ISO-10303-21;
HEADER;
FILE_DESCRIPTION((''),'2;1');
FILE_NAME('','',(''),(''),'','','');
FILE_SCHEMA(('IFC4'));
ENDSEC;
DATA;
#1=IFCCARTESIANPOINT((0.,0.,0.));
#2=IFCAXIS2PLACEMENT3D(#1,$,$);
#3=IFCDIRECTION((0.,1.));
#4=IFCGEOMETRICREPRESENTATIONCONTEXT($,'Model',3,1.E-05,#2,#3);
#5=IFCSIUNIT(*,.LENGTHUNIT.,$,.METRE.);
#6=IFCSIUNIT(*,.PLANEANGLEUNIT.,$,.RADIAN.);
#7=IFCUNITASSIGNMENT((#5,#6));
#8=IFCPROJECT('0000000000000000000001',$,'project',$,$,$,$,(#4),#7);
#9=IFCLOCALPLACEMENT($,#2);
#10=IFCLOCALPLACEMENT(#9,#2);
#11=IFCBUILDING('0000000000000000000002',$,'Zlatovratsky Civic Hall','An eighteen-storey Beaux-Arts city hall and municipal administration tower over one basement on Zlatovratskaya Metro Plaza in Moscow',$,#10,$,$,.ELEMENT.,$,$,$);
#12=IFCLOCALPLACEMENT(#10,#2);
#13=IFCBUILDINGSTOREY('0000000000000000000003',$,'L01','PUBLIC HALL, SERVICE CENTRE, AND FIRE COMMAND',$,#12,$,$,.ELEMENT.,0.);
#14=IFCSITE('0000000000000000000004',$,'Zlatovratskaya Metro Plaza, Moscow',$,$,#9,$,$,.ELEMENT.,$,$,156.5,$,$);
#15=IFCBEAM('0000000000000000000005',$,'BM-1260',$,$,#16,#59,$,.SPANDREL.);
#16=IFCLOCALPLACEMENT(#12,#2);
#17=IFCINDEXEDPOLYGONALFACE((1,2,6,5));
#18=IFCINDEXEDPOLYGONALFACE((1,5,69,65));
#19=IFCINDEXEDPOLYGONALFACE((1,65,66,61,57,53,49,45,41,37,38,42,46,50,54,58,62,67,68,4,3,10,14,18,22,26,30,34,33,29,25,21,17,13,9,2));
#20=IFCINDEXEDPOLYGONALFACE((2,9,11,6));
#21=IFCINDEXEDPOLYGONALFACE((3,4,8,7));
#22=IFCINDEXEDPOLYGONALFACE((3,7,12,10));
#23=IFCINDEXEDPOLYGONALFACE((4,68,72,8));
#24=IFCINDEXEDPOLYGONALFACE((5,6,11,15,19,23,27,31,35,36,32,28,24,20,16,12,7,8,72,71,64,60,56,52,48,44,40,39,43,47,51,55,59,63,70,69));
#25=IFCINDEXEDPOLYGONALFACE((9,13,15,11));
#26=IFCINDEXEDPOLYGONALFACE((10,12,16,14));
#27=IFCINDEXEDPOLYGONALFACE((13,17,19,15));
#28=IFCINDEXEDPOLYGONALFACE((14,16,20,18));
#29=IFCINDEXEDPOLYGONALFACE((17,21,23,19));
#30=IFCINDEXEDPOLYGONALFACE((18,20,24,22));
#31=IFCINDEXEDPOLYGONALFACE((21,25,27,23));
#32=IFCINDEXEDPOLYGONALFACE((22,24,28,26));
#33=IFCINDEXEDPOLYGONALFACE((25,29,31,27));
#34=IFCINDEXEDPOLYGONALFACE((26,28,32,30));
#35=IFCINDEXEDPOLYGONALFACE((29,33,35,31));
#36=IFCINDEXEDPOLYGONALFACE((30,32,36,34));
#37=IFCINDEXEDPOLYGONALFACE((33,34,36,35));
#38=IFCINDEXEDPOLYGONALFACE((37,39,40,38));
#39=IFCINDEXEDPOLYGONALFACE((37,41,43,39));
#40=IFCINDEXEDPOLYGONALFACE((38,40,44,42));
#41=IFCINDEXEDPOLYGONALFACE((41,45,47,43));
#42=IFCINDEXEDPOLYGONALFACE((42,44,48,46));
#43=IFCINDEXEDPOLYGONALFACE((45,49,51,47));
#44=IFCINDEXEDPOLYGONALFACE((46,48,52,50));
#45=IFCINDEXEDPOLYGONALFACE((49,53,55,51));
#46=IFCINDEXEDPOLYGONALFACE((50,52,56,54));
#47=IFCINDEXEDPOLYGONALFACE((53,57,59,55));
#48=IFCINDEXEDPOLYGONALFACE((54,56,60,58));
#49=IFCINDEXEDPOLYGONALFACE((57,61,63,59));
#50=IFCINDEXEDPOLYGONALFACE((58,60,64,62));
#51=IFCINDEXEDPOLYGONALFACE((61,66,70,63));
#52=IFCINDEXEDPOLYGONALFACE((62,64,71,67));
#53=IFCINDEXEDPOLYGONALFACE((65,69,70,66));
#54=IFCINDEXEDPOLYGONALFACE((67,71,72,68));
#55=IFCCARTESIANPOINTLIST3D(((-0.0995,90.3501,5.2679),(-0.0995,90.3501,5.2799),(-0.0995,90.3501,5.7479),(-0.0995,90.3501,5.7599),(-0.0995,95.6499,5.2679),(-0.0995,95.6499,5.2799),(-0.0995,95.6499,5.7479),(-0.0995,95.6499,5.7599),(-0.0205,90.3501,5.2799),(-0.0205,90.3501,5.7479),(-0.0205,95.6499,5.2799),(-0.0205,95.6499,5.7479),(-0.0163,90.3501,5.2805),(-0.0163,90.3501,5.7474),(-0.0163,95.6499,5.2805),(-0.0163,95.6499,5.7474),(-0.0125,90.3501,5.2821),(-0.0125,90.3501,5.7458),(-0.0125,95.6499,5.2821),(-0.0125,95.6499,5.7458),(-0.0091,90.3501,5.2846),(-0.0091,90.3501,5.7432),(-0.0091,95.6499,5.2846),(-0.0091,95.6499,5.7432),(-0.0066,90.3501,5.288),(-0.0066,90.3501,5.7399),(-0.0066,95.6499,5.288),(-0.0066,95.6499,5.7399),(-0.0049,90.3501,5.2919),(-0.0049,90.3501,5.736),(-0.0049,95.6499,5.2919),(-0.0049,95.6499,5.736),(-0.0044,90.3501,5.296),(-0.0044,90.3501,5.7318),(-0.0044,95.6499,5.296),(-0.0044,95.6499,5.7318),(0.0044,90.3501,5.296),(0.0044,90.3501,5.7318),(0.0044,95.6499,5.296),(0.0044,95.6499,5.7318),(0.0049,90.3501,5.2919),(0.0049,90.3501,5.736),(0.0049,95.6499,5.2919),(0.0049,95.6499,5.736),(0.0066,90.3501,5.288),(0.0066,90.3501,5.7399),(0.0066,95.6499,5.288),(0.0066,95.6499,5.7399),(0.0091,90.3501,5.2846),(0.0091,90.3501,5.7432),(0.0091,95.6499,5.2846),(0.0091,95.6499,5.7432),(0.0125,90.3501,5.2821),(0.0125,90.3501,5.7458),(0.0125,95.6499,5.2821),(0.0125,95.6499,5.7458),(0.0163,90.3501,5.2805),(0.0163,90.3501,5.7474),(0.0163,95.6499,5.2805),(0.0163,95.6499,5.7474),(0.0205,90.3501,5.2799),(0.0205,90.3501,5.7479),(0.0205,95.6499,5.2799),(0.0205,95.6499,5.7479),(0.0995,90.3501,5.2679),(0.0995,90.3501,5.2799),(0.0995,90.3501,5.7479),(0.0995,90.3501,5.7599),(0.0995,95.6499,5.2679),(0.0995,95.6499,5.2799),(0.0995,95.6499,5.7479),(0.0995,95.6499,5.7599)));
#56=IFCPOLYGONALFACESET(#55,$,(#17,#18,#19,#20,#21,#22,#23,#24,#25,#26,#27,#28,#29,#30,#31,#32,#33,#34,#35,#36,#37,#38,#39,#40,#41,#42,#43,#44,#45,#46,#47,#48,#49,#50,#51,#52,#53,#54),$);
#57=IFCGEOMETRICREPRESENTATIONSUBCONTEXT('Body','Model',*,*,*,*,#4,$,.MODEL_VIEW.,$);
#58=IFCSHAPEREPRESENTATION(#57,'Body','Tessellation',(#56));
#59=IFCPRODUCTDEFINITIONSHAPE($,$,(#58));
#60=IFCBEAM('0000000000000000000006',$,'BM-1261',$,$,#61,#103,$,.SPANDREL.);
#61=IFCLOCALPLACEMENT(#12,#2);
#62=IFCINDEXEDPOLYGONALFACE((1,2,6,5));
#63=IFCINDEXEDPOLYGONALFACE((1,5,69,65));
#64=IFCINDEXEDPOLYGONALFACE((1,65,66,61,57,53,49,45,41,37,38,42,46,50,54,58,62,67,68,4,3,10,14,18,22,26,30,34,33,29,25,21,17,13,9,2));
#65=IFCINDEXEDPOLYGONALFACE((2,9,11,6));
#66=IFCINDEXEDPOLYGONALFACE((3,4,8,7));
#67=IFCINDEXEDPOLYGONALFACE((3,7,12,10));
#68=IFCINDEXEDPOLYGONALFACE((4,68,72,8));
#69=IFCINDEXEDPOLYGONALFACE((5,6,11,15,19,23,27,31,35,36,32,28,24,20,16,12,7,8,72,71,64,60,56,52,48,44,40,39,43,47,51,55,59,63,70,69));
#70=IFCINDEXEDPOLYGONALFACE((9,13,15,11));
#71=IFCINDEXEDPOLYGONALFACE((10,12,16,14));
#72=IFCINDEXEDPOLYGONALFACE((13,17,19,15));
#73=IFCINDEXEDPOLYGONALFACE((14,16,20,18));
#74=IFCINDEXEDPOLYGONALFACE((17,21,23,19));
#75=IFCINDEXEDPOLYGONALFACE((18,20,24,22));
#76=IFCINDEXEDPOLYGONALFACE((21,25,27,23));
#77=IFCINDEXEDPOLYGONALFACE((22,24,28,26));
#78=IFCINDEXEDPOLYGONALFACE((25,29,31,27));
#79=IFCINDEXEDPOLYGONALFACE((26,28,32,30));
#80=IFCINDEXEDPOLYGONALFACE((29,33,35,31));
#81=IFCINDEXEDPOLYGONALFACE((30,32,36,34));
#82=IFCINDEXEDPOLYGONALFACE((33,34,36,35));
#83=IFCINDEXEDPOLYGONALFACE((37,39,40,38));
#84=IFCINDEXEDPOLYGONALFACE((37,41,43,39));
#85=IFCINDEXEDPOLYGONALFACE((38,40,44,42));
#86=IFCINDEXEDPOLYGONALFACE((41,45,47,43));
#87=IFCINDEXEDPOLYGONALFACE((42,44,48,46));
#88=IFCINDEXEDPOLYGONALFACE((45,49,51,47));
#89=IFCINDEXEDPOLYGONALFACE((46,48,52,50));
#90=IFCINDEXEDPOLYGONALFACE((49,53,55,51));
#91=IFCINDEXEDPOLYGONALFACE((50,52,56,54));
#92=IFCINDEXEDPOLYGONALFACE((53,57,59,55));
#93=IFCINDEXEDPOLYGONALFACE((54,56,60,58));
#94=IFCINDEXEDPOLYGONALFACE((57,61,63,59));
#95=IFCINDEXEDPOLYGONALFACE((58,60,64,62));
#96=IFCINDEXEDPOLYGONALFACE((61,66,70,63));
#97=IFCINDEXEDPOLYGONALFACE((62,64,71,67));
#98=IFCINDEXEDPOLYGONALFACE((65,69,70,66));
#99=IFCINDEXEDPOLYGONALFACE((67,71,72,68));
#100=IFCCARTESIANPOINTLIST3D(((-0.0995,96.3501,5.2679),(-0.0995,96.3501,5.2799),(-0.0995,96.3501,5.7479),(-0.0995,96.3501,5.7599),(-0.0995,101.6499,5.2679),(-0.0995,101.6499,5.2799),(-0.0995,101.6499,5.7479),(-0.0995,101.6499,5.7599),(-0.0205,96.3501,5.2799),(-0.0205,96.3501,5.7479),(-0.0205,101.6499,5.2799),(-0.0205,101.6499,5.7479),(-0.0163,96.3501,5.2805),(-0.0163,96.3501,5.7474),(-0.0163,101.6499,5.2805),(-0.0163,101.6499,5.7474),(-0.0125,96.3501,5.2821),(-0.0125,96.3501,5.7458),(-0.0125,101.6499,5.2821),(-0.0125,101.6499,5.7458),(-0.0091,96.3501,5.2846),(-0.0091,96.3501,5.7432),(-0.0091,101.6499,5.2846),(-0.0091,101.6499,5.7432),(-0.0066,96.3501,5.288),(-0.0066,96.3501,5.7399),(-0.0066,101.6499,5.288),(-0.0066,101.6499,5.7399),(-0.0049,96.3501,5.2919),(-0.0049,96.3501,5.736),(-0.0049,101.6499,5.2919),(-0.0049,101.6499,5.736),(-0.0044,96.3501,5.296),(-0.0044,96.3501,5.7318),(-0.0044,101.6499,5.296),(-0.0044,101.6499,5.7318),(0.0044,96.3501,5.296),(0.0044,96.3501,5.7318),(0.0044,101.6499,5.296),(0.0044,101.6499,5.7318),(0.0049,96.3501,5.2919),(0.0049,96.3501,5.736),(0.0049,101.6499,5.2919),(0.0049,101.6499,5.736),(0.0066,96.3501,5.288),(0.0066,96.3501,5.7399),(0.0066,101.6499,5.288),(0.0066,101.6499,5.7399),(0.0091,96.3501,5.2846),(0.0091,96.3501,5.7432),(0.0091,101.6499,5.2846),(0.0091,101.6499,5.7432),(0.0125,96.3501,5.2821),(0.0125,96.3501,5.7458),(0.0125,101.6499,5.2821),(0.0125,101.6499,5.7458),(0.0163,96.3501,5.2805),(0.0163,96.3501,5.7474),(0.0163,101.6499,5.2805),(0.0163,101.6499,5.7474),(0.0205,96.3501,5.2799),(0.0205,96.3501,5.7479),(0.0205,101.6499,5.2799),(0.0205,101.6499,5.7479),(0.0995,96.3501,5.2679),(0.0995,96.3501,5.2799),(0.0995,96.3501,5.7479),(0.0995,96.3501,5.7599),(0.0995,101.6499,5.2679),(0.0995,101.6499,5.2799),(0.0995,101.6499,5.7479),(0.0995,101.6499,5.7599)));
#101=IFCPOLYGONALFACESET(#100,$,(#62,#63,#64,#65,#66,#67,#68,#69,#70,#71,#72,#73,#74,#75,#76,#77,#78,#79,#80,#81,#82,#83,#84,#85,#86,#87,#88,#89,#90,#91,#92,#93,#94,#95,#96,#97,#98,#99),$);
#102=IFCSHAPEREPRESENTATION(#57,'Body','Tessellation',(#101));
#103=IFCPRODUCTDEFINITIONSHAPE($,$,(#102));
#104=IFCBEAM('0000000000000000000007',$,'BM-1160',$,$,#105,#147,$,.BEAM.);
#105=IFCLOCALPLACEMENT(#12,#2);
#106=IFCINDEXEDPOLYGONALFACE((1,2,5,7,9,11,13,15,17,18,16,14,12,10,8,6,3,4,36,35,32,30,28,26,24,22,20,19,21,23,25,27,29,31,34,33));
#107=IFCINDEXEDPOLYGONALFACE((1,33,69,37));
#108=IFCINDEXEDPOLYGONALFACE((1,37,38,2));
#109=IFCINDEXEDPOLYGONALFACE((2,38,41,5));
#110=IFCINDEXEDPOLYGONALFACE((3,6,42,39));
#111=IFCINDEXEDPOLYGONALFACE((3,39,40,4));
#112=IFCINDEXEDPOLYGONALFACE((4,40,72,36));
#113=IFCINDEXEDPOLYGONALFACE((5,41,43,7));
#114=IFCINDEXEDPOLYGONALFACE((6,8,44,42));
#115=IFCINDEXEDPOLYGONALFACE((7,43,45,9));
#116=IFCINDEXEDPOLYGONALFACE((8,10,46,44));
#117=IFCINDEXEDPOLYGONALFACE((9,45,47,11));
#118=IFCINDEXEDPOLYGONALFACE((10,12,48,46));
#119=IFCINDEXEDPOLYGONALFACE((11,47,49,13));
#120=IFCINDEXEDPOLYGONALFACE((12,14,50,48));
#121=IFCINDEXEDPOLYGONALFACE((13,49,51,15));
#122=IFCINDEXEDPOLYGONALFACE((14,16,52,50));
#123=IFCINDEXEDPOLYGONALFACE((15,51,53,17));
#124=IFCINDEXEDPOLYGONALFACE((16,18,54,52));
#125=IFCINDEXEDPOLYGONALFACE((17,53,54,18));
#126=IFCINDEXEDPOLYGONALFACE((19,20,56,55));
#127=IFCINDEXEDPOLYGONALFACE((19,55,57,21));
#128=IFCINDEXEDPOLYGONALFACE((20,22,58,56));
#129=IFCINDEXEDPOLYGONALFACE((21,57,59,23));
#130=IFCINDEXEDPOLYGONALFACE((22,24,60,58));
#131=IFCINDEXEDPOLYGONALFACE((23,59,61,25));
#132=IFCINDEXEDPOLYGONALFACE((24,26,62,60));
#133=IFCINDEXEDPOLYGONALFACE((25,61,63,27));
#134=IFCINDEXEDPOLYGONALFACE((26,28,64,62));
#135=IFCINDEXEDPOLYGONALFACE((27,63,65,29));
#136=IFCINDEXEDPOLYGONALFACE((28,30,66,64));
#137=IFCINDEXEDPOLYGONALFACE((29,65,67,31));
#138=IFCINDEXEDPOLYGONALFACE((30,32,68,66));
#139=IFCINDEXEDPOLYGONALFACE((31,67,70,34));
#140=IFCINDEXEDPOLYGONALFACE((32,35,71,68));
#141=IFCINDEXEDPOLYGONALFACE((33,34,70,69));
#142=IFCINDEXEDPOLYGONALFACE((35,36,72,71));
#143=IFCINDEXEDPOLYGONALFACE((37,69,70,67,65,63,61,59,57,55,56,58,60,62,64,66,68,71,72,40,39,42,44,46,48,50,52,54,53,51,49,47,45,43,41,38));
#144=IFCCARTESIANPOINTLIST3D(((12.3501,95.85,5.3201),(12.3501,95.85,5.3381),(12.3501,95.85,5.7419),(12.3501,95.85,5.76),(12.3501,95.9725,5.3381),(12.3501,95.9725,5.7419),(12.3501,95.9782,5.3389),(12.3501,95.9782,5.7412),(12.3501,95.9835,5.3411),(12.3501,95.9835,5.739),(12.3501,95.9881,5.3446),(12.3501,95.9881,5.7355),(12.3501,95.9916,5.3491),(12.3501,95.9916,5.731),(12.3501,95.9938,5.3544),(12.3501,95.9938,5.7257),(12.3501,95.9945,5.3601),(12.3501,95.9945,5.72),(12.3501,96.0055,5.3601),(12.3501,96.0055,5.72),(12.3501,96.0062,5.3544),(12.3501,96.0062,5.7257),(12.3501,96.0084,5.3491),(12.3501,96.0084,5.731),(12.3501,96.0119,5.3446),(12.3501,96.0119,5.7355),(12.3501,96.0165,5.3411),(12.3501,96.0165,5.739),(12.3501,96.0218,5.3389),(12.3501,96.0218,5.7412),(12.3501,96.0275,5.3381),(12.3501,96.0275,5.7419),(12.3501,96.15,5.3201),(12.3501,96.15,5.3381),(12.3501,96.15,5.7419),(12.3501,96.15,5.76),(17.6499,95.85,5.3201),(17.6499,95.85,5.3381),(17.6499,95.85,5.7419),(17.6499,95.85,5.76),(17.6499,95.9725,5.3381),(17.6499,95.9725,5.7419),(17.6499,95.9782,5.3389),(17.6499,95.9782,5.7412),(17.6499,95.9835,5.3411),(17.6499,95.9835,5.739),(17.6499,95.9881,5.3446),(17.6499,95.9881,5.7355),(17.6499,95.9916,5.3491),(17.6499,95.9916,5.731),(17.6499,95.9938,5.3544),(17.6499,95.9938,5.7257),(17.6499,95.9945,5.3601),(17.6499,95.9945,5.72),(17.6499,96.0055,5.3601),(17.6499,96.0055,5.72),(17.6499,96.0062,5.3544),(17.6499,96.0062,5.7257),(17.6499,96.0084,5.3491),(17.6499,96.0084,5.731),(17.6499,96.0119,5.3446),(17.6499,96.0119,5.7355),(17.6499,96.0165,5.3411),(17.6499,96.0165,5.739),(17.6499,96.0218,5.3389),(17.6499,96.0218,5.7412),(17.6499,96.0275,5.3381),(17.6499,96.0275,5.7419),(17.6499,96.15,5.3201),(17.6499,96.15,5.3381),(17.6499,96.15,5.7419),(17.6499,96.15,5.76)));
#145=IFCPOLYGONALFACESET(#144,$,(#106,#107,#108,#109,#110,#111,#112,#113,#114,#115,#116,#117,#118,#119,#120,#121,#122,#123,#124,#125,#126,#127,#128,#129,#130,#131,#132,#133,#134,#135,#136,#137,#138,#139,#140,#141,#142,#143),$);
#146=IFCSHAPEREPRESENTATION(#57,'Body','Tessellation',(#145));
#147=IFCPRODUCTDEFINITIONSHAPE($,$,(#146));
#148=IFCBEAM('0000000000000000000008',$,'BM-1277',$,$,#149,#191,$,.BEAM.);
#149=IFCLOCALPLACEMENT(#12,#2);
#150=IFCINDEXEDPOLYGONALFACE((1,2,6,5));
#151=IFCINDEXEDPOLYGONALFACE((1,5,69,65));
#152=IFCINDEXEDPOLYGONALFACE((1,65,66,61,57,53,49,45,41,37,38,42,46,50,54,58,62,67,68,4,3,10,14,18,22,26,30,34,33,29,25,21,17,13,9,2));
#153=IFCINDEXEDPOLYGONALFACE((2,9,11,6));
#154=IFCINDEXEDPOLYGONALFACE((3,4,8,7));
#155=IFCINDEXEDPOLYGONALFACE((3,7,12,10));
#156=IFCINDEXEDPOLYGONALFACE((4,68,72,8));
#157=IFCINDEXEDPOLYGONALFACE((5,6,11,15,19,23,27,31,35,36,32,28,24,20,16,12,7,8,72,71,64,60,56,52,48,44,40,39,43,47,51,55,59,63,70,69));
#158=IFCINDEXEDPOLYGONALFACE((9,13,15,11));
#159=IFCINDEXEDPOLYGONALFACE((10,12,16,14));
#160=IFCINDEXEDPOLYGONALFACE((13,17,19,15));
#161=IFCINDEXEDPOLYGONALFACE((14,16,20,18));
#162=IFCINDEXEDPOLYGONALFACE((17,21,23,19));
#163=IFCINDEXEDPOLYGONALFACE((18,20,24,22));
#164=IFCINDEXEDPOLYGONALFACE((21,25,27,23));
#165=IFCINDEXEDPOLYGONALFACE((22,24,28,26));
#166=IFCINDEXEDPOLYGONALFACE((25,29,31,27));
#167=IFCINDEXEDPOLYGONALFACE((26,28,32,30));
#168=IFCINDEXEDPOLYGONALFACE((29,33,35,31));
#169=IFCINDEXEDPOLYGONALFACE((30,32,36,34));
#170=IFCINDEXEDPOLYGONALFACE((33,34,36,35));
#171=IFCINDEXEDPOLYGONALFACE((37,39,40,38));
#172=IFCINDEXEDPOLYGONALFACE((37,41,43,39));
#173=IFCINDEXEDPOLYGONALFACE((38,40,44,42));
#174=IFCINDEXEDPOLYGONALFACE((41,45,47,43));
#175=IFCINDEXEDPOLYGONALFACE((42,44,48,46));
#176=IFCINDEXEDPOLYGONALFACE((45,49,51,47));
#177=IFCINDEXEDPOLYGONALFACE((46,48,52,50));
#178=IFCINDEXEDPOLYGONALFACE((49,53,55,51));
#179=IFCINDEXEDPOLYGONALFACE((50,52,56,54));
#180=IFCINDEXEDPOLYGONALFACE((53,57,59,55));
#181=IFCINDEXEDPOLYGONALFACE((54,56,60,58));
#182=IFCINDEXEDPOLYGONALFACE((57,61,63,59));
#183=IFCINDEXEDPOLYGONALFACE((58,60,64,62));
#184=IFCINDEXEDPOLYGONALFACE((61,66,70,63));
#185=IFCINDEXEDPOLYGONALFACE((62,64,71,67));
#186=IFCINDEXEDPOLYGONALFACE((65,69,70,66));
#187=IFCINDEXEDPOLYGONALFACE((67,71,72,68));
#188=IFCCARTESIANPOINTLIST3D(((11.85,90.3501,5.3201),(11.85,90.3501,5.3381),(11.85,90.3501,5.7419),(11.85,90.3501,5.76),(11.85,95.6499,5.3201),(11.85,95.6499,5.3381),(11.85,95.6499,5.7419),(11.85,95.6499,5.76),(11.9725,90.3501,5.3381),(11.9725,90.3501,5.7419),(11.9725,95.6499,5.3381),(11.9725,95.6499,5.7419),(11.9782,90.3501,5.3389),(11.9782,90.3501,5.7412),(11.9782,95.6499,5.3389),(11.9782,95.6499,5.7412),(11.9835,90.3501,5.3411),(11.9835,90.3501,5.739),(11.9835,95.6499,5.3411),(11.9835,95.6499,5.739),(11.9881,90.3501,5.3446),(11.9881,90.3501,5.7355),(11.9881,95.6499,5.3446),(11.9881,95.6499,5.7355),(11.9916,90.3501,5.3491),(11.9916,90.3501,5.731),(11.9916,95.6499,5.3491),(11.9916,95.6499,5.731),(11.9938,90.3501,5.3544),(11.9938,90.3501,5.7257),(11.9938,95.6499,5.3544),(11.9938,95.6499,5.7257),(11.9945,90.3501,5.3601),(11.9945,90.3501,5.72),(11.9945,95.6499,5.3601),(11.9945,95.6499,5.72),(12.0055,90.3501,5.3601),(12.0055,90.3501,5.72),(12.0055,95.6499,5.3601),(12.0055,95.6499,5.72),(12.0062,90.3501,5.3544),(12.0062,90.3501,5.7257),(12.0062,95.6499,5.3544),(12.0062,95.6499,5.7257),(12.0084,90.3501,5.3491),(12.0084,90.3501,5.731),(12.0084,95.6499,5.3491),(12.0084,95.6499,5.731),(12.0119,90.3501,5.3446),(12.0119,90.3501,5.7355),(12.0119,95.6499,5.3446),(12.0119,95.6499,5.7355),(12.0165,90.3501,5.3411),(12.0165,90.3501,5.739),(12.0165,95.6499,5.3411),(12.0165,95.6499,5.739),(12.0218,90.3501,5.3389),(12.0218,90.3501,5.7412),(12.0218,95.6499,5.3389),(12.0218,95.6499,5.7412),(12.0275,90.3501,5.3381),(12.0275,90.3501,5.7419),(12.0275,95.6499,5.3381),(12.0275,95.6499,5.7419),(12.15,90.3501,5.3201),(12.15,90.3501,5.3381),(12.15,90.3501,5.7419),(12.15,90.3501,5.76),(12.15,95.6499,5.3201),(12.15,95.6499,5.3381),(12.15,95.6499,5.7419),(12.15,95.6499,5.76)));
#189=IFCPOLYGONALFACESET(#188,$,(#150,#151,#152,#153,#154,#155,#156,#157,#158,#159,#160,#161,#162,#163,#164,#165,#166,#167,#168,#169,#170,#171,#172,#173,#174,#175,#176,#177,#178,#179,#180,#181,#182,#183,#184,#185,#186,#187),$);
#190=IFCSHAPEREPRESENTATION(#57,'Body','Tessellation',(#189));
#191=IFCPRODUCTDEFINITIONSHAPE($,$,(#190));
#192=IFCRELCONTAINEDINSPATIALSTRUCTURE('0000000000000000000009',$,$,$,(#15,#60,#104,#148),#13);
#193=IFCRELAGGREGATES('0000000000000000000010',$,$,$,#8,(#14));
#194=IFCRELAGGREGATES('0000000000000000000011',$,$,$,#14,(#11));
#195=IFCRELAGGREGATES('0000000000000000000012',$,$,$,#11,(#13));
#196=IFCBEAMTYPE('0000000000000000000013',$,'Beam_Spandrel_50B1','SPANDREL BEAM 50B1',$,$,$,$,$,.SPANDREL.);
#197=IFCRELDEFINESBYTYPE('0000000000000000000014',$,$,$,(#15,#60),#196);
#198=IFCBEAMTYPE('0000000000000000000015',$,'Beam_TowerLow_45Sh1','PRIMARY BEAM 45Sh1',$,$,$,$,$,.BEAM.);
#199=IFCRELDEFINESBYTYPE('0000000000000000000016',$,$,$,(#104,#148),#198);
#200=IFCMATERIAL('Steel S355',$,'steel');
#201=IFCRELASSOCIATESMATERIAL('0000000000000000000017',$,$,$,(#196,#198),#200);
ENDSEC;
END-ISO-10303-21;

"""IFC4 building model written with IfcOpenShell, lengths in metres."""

from ifc_helpers import new_model, si_unit, direction, frame, origin, origin_2d, place, context, subcontext, project, spatial, i_section, extrude, material, material_profile, profile_set, type_object, element, save


model = new_model("IFC4")

# Units and contexts
model_context = context("Model", 3, precision=1e-05, world=origin(), true_north=direction((0.0, 1.0)))
body_context = subcontext(model_context, "Body", "Model", "MODEL_VIEW")
ifc_project = project(units=[si_unit("LENGTHUNIT", "METRE"), si_unit("PLANEANGLEUNIT", "RADIAN")], contexts=[model_context])

# Site, building, storey
site_placement = place(None, origin())
site = spatial("IfcSite", under=ifc_project, at=site_placement, Name="Zlatovratskaya Metro Plaza, Moscow", CompositionType="ELEMENT", RefElevation=156.5)
building_placement = place(site_placement, origin())
building = spatial("IfcBuilding", under=site, at=building_placement, Name="Zlatovratsky Civic Hall", Description="An eighteen-storey Beaux-Arts city hall and municipal administration tower over one basement on Zlatovratskaya Metro Plaza in Moscow", CompositionType="ELEMENT")
storey_placement = place(building_placement, origin())
storey = spatial("IfcBuildingStorey", under=building, at=storey_placement, Name="L01", Description="PUBLIC HALL, SERVICE CENTRE, AND FIRE COMMAND", CompositionType="ELEMENT", Elevation=0.0)

# Beams
ifc_material_1 = material(Name="Steel S355", Category="steel")
ifc_material_profile_1 = material_profile(ifc_material_1, i_section(OverallWidth=0.199, OverallDepth=0.4919, WebThickness=0.0088, FlangeThickness=0.012, FilletRadius=0.0161, at=origin_2d()), Name="50B1")
ifc_profile_set_1 = profile_set([ifc_material_profile_1], Name="Steel S355")
beam_type_1 = type_object("IfcBeamType", Name="Beam_Spandrel_50B1", Description="SPANDREL BEAM 50B1", PredefinedType="SPANDREL", material=ifc_profile_set_1)
for number, where, z_axis, x_axis, name in (
    (1, (0.0, 90.3501, 5.5139), (0.0, 1.0, 0.0), (-1.0, 0.0, 0.0), "BM-1260"),
    (2, (0.0, 96.3501, 5.5139), (0.0, 1.0, 0.0), (-1.0, 0.0, 0.0), "BM-1261"),
):
    element("IfcBeam", number, at=place(storey_placement, frame(where, z_axis=z_axis, x_axis=x_axis)), inside=storey, type_object=beam_type_1, Name=name, PredefinedType="SPANDREL", context=body_context, shape_type="SweptSolid", body=[
        extrude(i_section(OverallWidth=0.199, OverallDepth=0.4919, WebThickness=0.0088, FlangeThickness=0.012, FilletRadius=0.0161, at=origin_2d()), origin(), (0.0, 0.0, 1.0), 5.2998),
    ])
ifc_material_profile_2 = material_profile(ifc_material_1, i_section(OverallWidth=0.3, OverallDepth=0.4399, WebThickness=0.011, FlangeThickness=0.0181, FilletRadius=0.022, at=origin_2d()), Name="45Sh1")
ifc_profile_set_2 = profile_set([ifc_material_profile_2], Name="Steel S355")
beam_type_2 = type_object("IfcBeamType", Name="Beam_TowerLow_45Sh1", Description="PRIMARY BEAM 45Sh1", PredefinedType="BEAM", material=ifc_profile_set_2)
for number, where, z_axis, x_axis, name in (
    (3, (12.3501, 96.0, 5.54), (1.0, 0.0, 0.0), (0.0, 1.0, 0.0), "BM-1160"),
    (4, (12.0, 90.3501, 5.54), (0.0, 1.0, 0.0), (-1.0, 0.0, 0.0), "BM-1277"),
):
    element("IfcBeam", number, at=place(storey_placement, frame(where, z_axis=z_axis, x_axis=x_axis)), inside=storey, type_object=beam_type_2, Name=name, PredefinedType="BEAM", context=body_context, shape_type="SweptSolid", body=[
        extrude(i_section(OverallWidth=0.3, OverallDepth=0.4399, WebThickness=0.011, FlangeThickness=0.0181, FilletRadius=0.022, at=origin_2d()), origin(), (0.0, 0.0, 1.0), 5.2998),
    ])

save(model, "model.ifc")
